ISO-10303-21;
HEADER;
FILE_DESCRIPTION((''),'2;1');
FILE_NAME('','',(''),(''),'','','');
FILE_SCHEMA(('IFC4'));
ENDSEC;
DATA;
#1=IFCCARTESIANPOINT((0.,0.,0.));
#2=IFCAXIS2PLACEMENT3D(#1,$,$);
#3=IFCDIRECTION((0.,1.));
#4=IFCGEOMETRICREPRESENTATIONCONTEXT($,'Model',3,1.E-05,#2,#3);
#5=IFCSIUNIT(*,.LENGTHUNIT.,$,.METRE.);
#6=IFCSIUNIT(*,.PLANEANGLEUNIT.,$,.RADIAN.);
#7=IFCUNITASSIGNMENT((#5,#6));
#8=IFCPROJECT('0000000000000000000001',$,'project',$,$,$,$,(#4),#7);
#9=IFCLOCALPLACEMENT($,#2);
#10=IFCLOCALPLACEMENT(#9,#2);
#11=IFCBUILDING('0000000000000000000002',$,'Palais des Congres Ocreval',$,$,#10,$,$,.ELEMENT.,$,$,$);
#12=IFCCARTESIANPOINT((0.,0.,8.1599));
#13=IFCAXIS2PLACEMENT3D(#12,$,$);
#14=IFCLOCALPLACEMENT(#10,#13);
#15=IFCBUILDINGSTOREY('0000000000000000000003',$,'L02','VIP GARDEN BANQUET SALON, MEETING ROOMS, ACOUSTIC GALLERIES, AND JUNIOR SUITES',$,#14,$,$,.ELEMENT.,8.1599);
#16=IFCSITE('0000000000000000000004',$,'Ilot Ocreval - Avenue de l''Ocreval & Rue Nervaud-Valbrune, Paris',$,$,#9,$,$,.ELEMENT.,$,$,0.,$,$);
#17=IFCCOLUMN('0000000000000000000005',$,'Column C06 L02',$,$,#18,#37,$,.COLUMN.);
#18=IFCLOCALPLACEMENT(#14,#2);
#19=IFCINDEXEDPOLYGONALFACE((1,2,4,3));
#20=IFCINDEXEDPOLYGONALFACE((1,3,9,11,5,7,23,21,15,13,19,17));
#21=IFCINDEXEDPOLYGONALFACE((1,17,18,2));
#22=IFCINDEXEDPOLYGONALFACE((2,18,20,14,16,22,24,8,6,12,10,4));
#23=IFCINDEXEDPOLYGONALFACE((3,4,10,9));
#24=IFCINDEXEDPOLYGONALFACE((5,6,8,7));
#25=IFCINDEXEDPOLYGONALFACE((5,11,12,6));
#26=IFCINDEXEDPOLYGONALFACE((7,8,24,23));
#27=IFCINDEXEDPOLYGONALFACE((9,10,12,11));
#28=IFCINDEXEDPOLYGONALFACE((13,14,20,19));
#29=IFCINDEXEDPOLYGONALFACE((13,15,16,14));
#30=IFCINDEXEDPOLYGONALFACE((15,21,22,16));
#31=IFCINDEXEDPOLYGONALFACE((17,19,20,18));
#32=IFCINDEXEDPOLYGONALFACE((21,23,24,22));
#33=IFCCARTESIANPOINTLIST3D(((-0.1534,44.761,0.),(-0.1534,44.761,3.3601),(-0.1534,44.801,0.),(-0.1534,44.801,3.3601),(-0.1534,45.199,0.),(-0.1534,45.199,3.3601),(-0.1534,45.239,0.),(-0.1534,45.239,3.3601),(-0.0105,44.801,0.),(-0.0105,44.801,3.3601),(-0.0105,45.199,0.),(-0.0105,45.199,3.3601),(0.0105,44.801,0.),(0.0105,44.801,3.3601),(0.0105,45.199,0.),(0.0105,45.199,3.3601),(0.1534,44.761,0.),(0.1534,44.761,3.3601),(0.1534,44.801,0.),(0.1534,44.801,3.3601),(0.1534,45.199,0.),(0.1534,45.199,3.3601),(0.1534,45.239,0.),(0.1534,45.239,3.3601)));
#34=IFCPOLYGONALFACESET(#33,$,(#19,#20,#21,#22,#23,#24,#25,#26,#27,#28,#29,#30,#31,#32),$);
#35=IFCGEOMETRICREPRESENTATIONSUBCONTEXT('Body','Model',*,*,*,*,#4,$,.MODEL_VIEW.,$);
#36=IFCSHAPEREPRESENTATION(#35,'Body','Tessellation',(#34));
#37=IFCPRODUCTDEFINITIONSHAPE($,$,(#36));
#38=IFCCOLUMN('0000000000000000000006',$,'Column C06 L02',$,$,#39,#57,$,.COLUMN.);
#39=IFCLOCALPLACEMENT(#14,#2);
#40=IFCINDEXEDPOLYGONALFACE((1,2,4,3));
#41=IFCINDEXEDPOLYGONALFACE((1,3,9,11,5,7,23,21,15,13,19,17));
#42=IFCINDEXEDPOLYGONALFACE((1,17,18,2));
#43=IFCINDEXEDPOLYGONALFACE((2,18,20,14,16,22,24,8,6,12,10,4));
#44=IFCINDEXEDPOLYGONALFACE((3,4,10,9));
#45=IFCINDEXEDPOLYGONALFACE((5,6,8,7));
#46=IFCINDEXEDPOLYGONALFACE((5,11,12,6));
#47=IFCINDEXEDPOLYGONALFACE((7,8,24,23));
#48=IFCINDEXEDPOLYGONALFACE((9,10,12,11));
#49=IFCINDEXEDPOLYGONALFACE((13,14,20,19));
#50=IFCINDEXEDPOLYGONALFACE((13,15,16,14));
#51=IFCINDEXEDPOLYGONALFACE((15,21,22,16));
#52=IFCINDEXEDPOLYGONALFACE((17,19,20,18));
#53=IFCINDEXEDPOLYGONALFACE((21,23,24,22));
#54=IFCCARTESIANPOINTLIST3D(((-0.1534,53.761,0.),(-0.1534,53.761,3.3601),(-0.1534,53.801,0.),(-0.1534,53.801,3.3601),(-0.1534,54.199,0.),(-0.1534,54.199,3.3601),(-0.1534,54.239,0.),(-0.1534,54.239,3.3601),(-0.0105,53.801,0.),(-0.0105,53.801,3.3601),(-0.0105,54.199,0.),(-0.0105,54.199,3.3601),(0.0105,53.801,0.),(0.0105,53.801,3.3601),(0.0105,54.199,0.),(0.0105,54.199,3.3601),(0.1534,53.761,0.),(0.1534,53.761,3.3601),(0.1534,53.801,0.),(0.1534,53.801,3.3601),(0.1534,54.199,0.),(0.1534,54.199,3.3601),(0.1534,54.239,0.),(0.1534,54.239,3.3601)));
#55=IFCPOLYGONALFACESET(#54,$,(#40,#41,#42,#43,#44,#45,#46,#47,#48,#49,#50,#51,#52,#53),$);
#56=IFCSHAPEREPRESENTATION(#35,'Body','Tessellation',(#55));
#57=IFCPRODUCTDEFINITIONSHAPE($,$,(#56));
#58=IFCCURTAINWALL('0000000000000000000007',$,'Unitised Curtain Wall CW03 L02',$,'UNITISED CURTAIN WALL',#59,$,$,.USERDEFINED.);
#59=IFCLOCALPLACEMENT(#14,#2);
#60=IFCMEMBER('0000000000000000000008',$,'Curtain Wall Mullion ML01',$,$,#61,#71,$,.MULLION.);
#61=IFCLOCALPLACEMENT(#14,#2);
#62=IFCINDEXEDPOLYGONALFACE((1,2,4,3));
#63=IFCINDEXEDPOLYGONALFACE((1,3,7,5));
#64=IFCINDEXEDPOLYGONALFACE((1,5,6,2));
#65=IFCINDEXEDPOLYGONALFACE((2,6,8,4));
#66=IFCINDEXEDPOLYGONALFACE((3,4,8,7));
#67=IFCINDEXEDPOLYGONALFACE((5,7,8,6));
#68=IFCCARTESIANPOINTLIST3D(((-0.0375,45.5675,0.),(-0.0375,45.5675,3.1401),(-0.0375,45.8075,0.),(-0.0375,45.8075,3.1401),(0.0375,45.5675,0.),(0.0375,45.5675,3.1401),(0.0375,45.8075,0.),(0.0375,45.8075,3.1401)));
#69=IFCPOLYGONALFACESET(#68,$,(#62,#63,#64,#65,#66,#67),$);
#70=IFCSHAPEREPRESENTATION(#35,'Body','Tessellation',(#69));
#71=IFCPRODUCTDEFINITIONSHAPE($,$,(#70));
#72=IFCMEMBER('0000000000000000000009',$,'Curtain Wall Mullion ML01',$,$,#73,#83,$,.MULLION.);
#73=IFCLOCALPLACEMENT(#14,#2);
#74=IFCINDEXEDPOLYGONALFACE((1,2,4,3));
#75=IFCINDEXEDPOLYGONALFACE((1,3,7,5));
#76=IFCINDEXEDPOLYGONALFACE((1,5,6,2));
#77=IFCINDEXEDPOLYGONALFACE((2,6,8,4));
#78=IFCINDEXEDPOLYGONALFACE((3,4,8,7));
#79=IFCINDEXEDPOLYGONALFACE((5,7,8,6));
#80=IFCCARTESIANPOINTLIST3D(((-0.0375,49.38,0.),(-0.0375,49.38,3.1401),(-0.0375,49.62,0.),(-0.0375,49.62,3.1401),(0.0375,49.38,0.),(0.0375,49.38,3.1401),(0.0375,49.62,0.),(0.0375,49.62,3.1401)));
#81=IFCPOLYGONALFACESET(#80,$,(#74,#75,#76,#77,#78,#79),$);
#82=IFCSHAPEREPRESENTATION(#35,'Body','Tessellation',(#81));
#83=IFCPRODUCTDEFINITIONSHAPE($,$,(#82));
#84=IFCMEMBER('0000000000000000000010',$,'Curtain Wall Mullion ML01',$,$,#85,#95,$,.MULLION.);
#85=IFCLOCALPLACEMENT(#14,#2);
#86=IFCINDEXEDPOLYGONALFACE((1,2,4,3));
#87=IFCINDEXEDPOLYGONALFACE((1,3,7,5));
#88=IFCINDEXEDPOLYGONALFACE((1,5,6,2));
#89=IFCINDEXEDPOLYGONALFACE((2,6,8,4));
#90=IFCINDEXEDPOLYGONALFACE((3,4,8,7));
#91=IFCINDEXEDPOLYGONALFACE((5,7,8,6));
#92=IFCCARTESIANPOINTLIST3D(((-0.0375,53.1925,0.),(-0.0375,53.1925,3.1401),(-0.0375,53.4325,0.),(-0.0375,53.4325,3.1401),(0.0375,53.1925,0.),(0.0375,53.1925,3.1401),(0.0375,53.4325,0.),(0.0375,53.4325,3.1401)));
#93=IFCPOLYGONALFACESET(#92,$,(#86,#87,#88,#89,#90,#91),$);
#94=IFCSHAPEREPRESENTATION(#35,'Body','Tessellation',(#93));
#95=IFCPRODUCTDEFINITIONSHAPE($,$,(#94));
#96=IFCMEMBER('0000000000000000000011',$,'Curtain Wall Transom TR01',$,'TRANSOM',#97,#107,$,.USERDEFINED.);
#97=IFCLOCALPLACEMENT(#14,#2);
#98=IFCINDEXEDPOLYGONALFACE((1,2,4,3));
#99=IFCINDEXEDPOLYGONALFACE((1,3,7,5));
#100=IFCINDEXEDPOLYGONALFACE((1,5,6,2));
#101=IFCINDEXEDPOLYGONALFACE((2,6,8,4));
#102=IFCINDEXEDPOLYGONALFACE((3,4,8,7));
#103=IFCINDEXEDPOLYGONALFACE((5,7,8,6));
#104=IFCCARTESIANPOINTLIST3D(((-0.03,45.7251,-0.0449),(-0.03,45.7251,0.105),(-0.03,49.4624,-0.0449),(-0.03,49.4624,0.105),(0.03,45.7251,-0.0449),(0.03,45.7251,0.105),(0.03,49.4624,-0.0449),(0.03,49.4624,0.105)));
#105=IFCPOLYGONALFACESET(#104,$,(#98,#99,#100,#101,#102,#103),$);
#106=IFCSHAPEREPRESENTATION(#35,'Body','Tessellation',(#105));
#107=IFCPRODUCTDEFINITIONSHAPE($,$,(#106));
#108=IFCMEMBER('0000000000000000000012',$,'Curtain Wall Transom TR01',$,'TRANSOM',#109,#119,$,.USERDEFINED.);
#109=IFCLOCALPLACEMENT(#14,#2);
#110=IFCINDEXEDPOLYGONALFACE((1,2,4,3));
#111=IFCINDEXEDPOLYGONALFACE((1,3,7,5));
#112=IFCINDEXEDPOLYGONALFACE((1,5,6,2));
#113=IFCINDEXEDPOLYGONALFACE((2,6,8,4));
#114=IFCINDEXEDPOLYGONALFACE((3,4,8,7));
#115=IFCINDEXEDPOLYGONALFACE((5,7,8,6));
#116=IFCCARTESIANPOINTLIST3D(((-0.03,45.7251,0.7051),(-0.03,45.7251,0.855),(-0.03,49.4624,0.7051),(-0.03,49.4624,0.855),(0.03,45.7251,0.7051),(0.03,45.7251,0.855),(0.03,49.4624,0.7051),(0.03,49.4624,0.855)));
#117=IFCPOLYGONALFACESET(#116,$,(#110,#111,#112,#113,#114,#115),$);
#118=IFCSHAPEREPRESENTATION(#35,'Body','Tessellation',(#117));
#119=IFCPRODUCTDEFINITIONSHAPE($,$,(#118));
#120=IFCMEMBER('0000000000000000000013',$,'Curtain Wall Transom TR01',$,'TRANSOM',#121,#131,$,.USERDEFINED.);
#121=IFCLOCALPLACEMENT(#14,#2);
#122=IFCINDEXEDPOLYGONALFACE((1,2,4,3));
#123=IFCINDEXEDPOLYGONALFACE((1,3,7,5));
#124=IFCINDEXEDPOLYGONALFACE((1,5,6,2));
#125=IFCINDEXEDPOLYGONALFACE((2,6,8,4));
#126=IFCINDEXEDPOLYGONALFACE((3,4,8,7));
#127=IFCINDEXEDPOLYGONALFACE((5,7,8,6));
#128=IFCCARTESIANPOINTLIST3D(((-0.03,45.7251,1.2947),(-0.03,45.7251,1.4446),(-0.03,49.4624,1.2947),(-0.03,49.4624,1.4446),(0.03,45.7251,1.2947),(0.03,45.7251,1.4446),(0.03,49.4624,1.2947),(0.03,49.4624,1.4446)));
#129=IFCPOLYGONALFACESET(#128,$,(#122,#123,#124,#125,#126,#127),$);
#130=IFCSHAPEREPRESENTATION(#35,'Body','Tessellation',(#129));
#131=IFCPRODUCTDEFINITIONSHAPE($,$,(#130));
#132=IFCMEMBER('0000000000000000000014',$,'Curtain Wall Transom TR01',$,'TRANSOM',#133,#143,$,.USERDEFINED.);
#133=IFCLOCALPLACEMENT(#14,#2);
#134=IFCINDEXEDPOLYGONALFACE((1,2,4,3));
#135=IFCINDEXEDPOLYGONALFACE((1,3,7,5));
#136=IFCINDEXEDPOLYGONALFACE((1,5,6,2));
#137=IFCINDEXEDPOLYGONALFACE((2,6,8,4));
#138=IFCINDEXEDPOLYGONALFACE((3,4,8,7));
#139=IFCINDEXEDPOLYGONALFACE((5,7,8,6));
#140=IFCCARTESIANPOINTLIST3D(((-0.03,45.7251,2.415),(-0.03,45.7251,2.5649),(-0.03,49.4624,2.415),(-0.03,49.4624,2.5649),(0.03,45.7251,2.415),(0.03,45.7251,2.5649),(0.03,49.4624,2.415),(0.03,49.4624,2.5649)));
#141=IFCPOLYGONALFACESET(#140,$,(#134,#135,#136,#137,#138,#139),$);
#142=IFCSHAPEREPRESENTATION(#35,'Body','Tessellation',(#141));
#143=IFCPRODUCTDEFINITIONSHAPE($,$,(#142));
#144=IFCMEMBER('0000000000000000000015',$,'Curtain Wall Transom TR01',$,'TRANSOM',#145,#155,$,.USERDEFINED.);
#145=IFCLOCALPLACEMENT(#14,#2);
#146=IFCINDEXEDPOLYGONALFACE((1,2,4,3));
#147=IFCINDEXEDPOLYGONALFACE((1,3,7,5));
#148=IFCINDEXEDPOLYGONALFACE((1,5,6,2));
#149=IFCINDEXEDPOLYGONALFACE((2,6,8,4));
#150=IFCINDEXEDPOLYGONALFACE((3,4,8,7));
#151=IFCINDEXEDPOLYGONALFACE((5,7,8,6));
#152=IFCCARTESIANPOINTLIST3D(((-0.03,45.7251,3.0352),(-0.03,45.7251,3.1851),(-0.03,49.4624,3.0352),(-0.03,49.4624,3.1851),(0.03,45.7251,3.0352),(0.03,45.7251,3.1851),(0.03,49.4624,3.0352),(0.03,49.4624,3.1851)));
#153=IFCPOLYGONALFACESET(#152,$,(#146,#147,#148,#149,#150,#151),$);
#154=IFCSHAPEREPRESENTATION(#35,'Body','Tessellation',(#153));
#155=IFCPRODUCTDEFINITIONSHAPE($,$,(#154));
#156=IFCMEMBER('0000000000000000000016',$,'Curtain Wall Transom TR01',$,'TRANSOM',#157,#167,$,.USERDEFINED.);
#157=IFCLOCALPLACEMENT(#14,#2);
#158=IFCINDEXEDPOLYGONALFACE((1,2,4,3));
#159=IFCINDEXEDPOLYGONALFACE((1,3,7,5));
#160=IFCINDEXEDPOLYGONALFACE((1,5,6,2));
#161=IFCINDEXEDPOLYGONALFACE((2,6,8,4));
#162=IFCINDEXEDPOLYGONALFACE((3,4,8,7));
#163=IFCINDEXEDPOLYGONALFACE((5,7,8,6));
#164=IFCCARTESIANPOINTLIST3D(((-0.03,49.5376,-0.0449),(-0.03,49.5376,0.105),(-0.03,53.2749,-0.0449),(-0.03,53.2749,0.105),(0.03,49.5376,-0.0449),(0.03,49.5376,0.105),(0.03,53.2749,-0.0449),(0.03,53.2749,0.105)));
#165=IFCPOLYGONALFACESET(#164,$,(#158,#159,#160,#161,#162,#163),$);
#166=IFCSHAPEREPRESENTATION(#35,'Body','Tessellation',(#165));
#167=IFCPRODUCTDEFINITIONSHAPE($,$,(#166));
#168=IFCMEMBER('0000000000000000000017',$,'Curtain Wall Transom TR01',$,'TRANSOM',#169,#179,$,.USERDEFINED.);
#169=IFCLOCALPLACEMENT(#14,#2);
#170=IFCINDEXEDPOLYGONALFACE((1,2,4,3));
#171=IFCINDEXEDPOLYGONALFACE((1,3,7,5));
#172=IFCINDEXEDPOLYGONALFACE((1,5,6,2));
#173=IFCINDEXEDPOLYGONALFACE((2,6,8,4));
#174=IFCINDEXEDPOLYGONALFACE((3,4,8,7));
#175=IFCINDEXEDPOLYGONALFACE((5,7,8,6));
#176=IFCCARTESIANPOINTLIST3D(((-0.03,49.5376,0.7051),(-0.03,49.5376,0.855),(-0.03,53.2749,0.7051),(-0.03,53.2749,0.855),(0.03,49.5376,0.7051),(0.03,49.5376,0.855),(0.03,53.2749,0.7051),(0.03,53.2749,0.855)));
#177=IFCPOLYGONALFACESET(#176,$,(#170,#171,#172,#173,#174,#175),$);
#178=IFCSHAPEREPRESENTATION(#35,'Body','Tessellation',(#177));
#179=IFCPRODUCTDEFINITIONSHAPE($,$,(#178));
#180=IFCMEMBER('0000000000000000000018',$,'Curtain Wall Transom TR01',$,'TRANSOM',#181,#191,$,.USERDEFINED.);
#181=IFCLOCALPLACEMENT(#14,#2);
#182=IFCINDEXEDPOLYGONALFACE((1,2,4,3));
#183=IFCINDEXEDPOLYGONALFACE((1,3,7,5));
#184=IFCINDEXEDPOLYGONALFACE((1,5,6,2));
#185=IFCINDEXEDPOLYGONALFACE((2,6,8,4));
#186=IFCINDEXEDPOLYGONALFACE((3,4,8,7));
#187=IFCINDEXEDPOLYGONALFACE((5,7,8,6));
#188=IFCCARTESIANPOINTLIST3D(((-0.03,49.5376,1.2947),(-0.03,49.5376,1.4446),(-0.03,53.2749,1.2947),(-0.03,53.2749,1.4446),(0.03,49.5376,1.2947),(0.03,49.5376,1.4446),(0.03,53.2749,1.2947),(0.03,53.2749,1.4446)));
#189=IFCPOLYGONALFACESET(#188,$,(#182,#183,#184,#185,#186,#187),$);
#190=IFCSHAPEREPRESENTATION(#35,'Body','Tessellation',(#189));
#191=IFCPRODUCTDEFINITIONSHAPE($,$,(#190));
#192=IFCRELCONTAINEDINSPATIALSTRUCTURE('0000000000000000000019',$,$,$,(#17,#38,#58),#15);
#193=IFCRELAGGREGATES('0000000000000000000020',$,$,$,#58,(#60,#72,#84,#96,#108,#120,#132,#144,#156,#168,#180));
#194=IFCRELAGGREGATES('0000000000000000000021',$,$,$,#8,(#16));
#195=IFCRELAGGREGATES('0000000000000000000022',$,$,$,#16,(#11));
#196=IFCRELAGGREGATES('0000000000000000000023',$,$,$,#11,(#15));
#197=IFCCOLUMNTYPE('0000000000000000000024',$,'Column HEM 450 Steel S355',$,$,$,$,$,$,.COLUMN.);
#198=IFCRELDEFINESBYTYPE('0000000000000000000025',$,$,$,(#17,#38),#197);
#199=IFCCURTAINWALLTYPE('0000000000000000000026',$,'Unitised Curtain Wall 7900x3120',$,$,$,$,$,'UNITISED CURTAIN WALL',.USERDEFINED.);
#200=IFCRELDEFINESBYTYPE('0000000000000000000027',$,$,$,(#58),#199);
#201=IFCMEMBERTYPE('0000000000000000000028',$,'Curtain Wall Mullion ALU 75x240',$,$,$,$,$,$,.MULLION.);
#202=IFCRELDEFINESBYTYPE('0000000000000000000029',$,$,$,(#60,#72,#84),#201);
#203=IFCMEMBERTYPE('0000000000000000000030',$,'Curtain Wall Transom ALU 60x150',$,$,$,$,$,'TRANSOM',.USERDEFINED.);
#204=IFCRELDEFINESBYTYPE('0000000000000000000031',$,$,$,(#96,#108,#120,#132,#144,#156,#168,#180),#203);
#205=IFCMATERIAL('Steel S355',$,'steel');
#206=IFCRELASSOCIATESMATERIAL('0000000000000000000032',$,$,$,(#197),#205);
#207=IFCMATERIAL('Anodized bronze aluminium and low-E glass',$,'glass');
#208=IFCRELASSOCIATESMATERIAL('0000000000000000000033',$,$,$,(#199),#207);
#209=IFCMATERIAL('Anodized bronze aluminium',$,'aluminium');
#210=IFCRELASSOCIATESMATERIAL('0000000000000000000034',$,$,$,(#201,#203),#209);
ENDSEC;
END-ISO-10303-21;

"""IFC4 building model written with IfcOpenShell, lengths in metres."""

from ifc_helpers import new_model, si_unit, direction, frame, origin, origin_2d, place, context, subcontext, project, spatial, rectangle, i_section, extrude, material, material_profile, profile_set, type_object, element, aggregate, save


model = new_model("IFC4")

# Units and contexts
model_context = context("Model", 3, precision=1e-05, world=origin(), true_north=direction((0.0, 1.0)))
body_context = subcontext(model_context, "Body", "Model", "MODEL_VIEW")
ifc_project = project(units=[si_unit("LENGTHUNIT", "METRE"), si_unit("PLANEANGLEUNIT", "RADIAN")], contexts=[model_context])

# Site, building, storey
site_placement = place(None, origin())
site = spatial("IfcSite", under=ifc_project, at=site_placement, Name="Ilot Ocreval - Avenue de l'Ocreval & Rue Nervaud-Valbrune, Paris", CompositionType="ELEMENT", RefElevation=0.0)
building_placement = place(site_placement, origin())
building = spatial("IfcBuilding", under=site, at=building_placement, Name="Palais des Congres Ocreval", CompositionType="ELEMENT")
storey_placement = place(building_placement, frame((0.0, 0.0, 8.1599)))
storey = spatial("IfcBuildingStorey", under=building, at=storey_placement, Name="L02", Description="VIP GARDEN BANQUET SALON, MEETING ROOMS, ACOUSTIC GALLERIES, AND JUNIOR SUITES", CompositionType="ELEMENT", Elevation=8.1599)

# Columns
ifc_material_1 = material(Name="Steel S355", Category="steel")
ifc_material_profile_1 = material_profile(ifc_material_1, i_section(OverallWidth=0.3069, OverallDepth=0.478, WebThickness=0.021, FlangeThickness=0.04, at=origin_2d()), Name="HEM 450")
ifc_profile_set_1 = profile_set([ifc_material_profile_1], Name="Steel S355")
column_type = type_object("IfcColumnType", Name="Column HEM 450 Steel S355", PredefinedType="COLUMN", material=ifc_profile_set_1)
for number, where, z_axis, x_axis, name in (
    (1, (0.0, 45.0, 0.0), (0.0, 0.0, 1.0), (1.0, 0.0, 0.0), "Column C06 L02"),
    (2, (0.0, 54.0, 0.0), (0.0, 0.0, 1.0), (1.0, 0.0, 0.0), "Column C06 L02"),
):
    element("IfcColumn", number, at=place(storey_placement, frame(where, z_axis=z_axis, x_axis=x_axis)), inside=storey, type_object=column_type, Name=name, PredefinedType="COLUMN", context=body_context, shape_type="SweptSolid", body=[
        extrude(i_section(OverallWidth=0.3069, OverallDepth=0.478, WebThickness=0.021, FlangeThickness=0.04, at=origin_2d()), origin(), (0.0, 0.0, 1.0), 3.3601),
    ])

# Curtain wall, members
ifc_material_2 = material(Name="Anodized bronze aluminium and low-E glass", Category="glass")
curtain_wall_type = type_object("IfcCurtainWallType", Name="Unitised Curtain Wall 7900x3120", ElementType="UNITISED CURTAIN WALL", PredefinedType="USERDEFINED", material=ifc_material_2)
curtain_wall_placement = place(storey_placement, origin())
curtain_wall = element("IfcCurtainWall", 3, at=curtain_wall_placement, inside=storey, type_object=curtain_wall_type, Name="Unitised Curtain Wall CW03 L02", ObjectType="UNITISED CURTAIN WALL", PredefinedType="USERDEFINED")
ifc_material_3 = material(Name="Anodized bronze aluminium", Category="aluminium")
ifc_material_profile_2 = material_profile(ifc_material_3, rectangle(XDim=0.075, YDim=0.24, at=origin_2d()), Name="ALU 75x240")
ifc_profile_set_2 = profile_set([ifc_material_profile_2], Name="Anodized bronze aluminium")
member_type_1 = type_object("IfcMemberType", Name="Curtain Wall Mullion ALU 75x240", PredefinedType="MULLION", material=ifc_profile_set_2)
member_1_placement = place(storey_placement, frame((0.0, 45.6875, 0.0), z_axis=(0.0, 0.0, 1.0), x_axis=(-1.0, 0.0, 0.0)))
member_1 = element("IfcMember", 4, at=member_1_placement, type_object=member_type_1, Name="Curtain Wall Mullion ML01", PredefinedType="MULLION", context=body_context, shape_type="SweptSolid", body=[
    extrude(rectangle(XDim=0.075, YDim=0.24, at=origin_2d()), origin(), (0.0, 0.0, 1.0), 3.1401),
])
member_2_placement = place(storey_placement, frame((0.0, 49.5, 0.0), z_axis=(0.0, 0.0, 1.0), x_axis=(-1.0, 0.0, 0.0)))
member_2 = element("IfcMember", 5, at=member_2_placement, type_object=member_type_1, Name="Curtain Wall Mullion ML01", PredefinedType="MULLION", context=body_context, shape_type="SweptSolid", body=[
    extrude(rectangle(XDim=0.075, YDim=0.24, at=origin_2d()), origin(), (0.0, 0.0, 1.0), 3.1401),
])
member_3_placement = place(storey_placement, frame((0.0, 53.3125, 0.0), z_axis=(0.0, 0.0, 1.0), x_axis=(-1.0, 0.0, 0.0)))
member_3 = element("IfcMember", 6, at=member_3_placement, type_object=member_type_1, Name="Curtain Wall Mullion ML01", PredefinedType="MULLION", context=body_context, shape_type="SweptSolid", body=[
    extrude(rectangle(XDim=0.075, YDim=0.24, at=origin_2d()), origin(), (0.0, 0.0, 1.0), 3.1401),
])
ifc_material_profile_3 = material_profile(ifc_material_3, rectangle(XDim=0.0601, YDim=0.1499, at=origin_2d()), Name="ALU 60x150")
ifc_profile_set_3 = profile_set([ifc_material_profile_3], Name="Anodized bronze aluminium")
member_type_2 = type_object("IfcMemberType", Name="Curtain Wall Transom ALU 60x150", ElementType="TRANSOM", PredefinedType="USERDEFINED", material=ifc_profile_set_3)
member_4_placement = place(storey_placement, frame((0.0, 45.7251, 0.03), z_axis=(0.0, 1.0, 0.0), x_axis=(-1.0, 0.0, 0.0)))
member_4 = element("IfcMember", 7, at=member_4_placement, type_object=member_type_2, Name="Curtain Wall Transom TR01", ObjectType="TRANSOM", PredefinedType="USERDEFINED", context=body_context, shape_type="SweptSolid", body=[
    extrude(rectangle(XDim=0.0601, YDim=0.1499, at=origin_2d()), origin(), (0.0, 0.0, 1.0), 3.7373),
])
member_5_placement = place(storey_placement, frame((0.0, 45.7251, 0.78), z_axis=(0.0, 1.0, 0.0), x_axis=(-1.0, 0.0, 0.0)))
member_5 = element("IfcMember", 8, at=member_5_placement, type_object=member_type_2, Name="Curtain Wall Transom TR01", ObjectType="TRANSOM", PredefinedType="USERDEFINED", context=body_context, shape_type="SweptSolid", body=[
    extrude(rectangle(XDim=0.0601, YDim=0.1499, at=origin_2d()), origin(), (0.0, 0.0, 1.0), 3.7373),
])
member_6_placement = place(storey_placement, frame((0.0, 45.7251, 1.3696), z_axis=(0.0, 1.0, 0.0), x_axis=(-1.0, 0.0, 0.0)))
member_6 = element("IfcMember", 9, at=member_6_placement, type_object=member_type_2, Name="Curtain Wall Transom TR01", ObjectType="TRANSOM", PredefinedType="USERDEFINED", context=body_context, shape_type="SweptSolid", body=[
    extrude(rectangle(XDim=0.0601, YDim=0.1499, at=origin_2d()), origin(), (0.0, 0.0, 1.0), 3.7373),
])
member_7_placement = place(storey_placement, frame((0.0, 45.7251, 2.49), z_axis=(0.0, 1.0, 0.0), x_axis=(-1.0, 0.0, 0.0)))
member_7 = element("IfcMember", 10, at=member_7_placement, type_object=member_type_2, Name="Curtain Wall Transom TR01", ObjectType="TRANSOM", PredefinedType="USERDEFINED", context=body_context, shape_type="SweptSolid", body=[
    extrude(rectangle(XDim=0.0601, YDim=0.1499, at=origin_2d()), origin(), (0.0, 0.0, 1.0), 3.7373),
])
member_8_placement = place(storey_placement, frame((0.0, 45.7251, 3.1101), z_axis=(0.0, 1.0, 0.0), x_axis=(-1.0, 0.0, 0.0)))
member_8 = element("IfcMember", 11, at=member_8_placement, type_object=member_type_2, Name="Curtain Wall Transom TR01", ObjectType="TRANSOM", PredefinedType="USERDEFINED", context=body_context, shape_type="SweptSolid", body=[
    extrude(rectangle(XDim=0.0601, YDim=0.1499, at=origin_2d()), origin(), (0.0, 0.0, 1.0), 3.7373),
])
member_9_placement = place(storey_placement, frame((0.0, 49.5376, 0.03), z_axis=(0.0, 1.0, 0.0), x_axis=(-1.0, 0.0, 0.0)))
member_9 = element("IfcMember", 12, at=member_9_placement, type_object=member_type_2, Name="Curtain Wall Transom TR01", ObjectType="TRANSOM", PredefinedType="USERDEFINED", context=body_context, shape_type="SweptSolid", body=[
    extrude(rectangle(XDim=0.0601, YDim=0.1499, at=origin_2d()), origin(), (0.0, 0.0, 1.0), 3.7373),
])
member_10_placement = place(storey_placement, frame((0.0, 49.5376, 0.78), z_axis=(0.0, 1.0, 0.0), x_axis=(-1.0, 0.0, 0.0)))
member_10 = element("IfcMember", 13, at=member_10_placement, type_object=member_type_2, Name="Curtain Wall Transom TR01", ObjectType="TRANSOM", PredefinedType="USERDEFINED", context=body_context, shape_type="SweptSolid", body=[
    extrude(rectangle(XDim=0.0601, YDim=0.1499, at=origin_2d()), origin(), (0.0, 0.0, 1.0), 3.7373),
])
member_11_placement = place(storey_placement, frame((0.0, 49.5376, 1.3696), z_axis=(0.0, 1.0, 0.0), x_axis=(-1.0, 0.0, 0.0)))
member_11 = element("IfcMember", 14, at=member_11_placement, type_object=member_type_2, Name="Curtain Wall Transom TR01", ObjectType="TRANSOM", PredefinedType="USERDEFINED", context=body_context, shape_type="SweptSolid", body=[
    extrude(rectangle(XDim=0.0601, YDim=0.1499, at=origin_2d()), origin(), (0.0, 0.0, 1.0), 3.7373),
])

aggregate(curtain_wall, [member_1, member_2, member_3, member_4, member_5, member_6, member_7, member_8, member_9, member_10, member_11])

save(model, "model.ifc")
